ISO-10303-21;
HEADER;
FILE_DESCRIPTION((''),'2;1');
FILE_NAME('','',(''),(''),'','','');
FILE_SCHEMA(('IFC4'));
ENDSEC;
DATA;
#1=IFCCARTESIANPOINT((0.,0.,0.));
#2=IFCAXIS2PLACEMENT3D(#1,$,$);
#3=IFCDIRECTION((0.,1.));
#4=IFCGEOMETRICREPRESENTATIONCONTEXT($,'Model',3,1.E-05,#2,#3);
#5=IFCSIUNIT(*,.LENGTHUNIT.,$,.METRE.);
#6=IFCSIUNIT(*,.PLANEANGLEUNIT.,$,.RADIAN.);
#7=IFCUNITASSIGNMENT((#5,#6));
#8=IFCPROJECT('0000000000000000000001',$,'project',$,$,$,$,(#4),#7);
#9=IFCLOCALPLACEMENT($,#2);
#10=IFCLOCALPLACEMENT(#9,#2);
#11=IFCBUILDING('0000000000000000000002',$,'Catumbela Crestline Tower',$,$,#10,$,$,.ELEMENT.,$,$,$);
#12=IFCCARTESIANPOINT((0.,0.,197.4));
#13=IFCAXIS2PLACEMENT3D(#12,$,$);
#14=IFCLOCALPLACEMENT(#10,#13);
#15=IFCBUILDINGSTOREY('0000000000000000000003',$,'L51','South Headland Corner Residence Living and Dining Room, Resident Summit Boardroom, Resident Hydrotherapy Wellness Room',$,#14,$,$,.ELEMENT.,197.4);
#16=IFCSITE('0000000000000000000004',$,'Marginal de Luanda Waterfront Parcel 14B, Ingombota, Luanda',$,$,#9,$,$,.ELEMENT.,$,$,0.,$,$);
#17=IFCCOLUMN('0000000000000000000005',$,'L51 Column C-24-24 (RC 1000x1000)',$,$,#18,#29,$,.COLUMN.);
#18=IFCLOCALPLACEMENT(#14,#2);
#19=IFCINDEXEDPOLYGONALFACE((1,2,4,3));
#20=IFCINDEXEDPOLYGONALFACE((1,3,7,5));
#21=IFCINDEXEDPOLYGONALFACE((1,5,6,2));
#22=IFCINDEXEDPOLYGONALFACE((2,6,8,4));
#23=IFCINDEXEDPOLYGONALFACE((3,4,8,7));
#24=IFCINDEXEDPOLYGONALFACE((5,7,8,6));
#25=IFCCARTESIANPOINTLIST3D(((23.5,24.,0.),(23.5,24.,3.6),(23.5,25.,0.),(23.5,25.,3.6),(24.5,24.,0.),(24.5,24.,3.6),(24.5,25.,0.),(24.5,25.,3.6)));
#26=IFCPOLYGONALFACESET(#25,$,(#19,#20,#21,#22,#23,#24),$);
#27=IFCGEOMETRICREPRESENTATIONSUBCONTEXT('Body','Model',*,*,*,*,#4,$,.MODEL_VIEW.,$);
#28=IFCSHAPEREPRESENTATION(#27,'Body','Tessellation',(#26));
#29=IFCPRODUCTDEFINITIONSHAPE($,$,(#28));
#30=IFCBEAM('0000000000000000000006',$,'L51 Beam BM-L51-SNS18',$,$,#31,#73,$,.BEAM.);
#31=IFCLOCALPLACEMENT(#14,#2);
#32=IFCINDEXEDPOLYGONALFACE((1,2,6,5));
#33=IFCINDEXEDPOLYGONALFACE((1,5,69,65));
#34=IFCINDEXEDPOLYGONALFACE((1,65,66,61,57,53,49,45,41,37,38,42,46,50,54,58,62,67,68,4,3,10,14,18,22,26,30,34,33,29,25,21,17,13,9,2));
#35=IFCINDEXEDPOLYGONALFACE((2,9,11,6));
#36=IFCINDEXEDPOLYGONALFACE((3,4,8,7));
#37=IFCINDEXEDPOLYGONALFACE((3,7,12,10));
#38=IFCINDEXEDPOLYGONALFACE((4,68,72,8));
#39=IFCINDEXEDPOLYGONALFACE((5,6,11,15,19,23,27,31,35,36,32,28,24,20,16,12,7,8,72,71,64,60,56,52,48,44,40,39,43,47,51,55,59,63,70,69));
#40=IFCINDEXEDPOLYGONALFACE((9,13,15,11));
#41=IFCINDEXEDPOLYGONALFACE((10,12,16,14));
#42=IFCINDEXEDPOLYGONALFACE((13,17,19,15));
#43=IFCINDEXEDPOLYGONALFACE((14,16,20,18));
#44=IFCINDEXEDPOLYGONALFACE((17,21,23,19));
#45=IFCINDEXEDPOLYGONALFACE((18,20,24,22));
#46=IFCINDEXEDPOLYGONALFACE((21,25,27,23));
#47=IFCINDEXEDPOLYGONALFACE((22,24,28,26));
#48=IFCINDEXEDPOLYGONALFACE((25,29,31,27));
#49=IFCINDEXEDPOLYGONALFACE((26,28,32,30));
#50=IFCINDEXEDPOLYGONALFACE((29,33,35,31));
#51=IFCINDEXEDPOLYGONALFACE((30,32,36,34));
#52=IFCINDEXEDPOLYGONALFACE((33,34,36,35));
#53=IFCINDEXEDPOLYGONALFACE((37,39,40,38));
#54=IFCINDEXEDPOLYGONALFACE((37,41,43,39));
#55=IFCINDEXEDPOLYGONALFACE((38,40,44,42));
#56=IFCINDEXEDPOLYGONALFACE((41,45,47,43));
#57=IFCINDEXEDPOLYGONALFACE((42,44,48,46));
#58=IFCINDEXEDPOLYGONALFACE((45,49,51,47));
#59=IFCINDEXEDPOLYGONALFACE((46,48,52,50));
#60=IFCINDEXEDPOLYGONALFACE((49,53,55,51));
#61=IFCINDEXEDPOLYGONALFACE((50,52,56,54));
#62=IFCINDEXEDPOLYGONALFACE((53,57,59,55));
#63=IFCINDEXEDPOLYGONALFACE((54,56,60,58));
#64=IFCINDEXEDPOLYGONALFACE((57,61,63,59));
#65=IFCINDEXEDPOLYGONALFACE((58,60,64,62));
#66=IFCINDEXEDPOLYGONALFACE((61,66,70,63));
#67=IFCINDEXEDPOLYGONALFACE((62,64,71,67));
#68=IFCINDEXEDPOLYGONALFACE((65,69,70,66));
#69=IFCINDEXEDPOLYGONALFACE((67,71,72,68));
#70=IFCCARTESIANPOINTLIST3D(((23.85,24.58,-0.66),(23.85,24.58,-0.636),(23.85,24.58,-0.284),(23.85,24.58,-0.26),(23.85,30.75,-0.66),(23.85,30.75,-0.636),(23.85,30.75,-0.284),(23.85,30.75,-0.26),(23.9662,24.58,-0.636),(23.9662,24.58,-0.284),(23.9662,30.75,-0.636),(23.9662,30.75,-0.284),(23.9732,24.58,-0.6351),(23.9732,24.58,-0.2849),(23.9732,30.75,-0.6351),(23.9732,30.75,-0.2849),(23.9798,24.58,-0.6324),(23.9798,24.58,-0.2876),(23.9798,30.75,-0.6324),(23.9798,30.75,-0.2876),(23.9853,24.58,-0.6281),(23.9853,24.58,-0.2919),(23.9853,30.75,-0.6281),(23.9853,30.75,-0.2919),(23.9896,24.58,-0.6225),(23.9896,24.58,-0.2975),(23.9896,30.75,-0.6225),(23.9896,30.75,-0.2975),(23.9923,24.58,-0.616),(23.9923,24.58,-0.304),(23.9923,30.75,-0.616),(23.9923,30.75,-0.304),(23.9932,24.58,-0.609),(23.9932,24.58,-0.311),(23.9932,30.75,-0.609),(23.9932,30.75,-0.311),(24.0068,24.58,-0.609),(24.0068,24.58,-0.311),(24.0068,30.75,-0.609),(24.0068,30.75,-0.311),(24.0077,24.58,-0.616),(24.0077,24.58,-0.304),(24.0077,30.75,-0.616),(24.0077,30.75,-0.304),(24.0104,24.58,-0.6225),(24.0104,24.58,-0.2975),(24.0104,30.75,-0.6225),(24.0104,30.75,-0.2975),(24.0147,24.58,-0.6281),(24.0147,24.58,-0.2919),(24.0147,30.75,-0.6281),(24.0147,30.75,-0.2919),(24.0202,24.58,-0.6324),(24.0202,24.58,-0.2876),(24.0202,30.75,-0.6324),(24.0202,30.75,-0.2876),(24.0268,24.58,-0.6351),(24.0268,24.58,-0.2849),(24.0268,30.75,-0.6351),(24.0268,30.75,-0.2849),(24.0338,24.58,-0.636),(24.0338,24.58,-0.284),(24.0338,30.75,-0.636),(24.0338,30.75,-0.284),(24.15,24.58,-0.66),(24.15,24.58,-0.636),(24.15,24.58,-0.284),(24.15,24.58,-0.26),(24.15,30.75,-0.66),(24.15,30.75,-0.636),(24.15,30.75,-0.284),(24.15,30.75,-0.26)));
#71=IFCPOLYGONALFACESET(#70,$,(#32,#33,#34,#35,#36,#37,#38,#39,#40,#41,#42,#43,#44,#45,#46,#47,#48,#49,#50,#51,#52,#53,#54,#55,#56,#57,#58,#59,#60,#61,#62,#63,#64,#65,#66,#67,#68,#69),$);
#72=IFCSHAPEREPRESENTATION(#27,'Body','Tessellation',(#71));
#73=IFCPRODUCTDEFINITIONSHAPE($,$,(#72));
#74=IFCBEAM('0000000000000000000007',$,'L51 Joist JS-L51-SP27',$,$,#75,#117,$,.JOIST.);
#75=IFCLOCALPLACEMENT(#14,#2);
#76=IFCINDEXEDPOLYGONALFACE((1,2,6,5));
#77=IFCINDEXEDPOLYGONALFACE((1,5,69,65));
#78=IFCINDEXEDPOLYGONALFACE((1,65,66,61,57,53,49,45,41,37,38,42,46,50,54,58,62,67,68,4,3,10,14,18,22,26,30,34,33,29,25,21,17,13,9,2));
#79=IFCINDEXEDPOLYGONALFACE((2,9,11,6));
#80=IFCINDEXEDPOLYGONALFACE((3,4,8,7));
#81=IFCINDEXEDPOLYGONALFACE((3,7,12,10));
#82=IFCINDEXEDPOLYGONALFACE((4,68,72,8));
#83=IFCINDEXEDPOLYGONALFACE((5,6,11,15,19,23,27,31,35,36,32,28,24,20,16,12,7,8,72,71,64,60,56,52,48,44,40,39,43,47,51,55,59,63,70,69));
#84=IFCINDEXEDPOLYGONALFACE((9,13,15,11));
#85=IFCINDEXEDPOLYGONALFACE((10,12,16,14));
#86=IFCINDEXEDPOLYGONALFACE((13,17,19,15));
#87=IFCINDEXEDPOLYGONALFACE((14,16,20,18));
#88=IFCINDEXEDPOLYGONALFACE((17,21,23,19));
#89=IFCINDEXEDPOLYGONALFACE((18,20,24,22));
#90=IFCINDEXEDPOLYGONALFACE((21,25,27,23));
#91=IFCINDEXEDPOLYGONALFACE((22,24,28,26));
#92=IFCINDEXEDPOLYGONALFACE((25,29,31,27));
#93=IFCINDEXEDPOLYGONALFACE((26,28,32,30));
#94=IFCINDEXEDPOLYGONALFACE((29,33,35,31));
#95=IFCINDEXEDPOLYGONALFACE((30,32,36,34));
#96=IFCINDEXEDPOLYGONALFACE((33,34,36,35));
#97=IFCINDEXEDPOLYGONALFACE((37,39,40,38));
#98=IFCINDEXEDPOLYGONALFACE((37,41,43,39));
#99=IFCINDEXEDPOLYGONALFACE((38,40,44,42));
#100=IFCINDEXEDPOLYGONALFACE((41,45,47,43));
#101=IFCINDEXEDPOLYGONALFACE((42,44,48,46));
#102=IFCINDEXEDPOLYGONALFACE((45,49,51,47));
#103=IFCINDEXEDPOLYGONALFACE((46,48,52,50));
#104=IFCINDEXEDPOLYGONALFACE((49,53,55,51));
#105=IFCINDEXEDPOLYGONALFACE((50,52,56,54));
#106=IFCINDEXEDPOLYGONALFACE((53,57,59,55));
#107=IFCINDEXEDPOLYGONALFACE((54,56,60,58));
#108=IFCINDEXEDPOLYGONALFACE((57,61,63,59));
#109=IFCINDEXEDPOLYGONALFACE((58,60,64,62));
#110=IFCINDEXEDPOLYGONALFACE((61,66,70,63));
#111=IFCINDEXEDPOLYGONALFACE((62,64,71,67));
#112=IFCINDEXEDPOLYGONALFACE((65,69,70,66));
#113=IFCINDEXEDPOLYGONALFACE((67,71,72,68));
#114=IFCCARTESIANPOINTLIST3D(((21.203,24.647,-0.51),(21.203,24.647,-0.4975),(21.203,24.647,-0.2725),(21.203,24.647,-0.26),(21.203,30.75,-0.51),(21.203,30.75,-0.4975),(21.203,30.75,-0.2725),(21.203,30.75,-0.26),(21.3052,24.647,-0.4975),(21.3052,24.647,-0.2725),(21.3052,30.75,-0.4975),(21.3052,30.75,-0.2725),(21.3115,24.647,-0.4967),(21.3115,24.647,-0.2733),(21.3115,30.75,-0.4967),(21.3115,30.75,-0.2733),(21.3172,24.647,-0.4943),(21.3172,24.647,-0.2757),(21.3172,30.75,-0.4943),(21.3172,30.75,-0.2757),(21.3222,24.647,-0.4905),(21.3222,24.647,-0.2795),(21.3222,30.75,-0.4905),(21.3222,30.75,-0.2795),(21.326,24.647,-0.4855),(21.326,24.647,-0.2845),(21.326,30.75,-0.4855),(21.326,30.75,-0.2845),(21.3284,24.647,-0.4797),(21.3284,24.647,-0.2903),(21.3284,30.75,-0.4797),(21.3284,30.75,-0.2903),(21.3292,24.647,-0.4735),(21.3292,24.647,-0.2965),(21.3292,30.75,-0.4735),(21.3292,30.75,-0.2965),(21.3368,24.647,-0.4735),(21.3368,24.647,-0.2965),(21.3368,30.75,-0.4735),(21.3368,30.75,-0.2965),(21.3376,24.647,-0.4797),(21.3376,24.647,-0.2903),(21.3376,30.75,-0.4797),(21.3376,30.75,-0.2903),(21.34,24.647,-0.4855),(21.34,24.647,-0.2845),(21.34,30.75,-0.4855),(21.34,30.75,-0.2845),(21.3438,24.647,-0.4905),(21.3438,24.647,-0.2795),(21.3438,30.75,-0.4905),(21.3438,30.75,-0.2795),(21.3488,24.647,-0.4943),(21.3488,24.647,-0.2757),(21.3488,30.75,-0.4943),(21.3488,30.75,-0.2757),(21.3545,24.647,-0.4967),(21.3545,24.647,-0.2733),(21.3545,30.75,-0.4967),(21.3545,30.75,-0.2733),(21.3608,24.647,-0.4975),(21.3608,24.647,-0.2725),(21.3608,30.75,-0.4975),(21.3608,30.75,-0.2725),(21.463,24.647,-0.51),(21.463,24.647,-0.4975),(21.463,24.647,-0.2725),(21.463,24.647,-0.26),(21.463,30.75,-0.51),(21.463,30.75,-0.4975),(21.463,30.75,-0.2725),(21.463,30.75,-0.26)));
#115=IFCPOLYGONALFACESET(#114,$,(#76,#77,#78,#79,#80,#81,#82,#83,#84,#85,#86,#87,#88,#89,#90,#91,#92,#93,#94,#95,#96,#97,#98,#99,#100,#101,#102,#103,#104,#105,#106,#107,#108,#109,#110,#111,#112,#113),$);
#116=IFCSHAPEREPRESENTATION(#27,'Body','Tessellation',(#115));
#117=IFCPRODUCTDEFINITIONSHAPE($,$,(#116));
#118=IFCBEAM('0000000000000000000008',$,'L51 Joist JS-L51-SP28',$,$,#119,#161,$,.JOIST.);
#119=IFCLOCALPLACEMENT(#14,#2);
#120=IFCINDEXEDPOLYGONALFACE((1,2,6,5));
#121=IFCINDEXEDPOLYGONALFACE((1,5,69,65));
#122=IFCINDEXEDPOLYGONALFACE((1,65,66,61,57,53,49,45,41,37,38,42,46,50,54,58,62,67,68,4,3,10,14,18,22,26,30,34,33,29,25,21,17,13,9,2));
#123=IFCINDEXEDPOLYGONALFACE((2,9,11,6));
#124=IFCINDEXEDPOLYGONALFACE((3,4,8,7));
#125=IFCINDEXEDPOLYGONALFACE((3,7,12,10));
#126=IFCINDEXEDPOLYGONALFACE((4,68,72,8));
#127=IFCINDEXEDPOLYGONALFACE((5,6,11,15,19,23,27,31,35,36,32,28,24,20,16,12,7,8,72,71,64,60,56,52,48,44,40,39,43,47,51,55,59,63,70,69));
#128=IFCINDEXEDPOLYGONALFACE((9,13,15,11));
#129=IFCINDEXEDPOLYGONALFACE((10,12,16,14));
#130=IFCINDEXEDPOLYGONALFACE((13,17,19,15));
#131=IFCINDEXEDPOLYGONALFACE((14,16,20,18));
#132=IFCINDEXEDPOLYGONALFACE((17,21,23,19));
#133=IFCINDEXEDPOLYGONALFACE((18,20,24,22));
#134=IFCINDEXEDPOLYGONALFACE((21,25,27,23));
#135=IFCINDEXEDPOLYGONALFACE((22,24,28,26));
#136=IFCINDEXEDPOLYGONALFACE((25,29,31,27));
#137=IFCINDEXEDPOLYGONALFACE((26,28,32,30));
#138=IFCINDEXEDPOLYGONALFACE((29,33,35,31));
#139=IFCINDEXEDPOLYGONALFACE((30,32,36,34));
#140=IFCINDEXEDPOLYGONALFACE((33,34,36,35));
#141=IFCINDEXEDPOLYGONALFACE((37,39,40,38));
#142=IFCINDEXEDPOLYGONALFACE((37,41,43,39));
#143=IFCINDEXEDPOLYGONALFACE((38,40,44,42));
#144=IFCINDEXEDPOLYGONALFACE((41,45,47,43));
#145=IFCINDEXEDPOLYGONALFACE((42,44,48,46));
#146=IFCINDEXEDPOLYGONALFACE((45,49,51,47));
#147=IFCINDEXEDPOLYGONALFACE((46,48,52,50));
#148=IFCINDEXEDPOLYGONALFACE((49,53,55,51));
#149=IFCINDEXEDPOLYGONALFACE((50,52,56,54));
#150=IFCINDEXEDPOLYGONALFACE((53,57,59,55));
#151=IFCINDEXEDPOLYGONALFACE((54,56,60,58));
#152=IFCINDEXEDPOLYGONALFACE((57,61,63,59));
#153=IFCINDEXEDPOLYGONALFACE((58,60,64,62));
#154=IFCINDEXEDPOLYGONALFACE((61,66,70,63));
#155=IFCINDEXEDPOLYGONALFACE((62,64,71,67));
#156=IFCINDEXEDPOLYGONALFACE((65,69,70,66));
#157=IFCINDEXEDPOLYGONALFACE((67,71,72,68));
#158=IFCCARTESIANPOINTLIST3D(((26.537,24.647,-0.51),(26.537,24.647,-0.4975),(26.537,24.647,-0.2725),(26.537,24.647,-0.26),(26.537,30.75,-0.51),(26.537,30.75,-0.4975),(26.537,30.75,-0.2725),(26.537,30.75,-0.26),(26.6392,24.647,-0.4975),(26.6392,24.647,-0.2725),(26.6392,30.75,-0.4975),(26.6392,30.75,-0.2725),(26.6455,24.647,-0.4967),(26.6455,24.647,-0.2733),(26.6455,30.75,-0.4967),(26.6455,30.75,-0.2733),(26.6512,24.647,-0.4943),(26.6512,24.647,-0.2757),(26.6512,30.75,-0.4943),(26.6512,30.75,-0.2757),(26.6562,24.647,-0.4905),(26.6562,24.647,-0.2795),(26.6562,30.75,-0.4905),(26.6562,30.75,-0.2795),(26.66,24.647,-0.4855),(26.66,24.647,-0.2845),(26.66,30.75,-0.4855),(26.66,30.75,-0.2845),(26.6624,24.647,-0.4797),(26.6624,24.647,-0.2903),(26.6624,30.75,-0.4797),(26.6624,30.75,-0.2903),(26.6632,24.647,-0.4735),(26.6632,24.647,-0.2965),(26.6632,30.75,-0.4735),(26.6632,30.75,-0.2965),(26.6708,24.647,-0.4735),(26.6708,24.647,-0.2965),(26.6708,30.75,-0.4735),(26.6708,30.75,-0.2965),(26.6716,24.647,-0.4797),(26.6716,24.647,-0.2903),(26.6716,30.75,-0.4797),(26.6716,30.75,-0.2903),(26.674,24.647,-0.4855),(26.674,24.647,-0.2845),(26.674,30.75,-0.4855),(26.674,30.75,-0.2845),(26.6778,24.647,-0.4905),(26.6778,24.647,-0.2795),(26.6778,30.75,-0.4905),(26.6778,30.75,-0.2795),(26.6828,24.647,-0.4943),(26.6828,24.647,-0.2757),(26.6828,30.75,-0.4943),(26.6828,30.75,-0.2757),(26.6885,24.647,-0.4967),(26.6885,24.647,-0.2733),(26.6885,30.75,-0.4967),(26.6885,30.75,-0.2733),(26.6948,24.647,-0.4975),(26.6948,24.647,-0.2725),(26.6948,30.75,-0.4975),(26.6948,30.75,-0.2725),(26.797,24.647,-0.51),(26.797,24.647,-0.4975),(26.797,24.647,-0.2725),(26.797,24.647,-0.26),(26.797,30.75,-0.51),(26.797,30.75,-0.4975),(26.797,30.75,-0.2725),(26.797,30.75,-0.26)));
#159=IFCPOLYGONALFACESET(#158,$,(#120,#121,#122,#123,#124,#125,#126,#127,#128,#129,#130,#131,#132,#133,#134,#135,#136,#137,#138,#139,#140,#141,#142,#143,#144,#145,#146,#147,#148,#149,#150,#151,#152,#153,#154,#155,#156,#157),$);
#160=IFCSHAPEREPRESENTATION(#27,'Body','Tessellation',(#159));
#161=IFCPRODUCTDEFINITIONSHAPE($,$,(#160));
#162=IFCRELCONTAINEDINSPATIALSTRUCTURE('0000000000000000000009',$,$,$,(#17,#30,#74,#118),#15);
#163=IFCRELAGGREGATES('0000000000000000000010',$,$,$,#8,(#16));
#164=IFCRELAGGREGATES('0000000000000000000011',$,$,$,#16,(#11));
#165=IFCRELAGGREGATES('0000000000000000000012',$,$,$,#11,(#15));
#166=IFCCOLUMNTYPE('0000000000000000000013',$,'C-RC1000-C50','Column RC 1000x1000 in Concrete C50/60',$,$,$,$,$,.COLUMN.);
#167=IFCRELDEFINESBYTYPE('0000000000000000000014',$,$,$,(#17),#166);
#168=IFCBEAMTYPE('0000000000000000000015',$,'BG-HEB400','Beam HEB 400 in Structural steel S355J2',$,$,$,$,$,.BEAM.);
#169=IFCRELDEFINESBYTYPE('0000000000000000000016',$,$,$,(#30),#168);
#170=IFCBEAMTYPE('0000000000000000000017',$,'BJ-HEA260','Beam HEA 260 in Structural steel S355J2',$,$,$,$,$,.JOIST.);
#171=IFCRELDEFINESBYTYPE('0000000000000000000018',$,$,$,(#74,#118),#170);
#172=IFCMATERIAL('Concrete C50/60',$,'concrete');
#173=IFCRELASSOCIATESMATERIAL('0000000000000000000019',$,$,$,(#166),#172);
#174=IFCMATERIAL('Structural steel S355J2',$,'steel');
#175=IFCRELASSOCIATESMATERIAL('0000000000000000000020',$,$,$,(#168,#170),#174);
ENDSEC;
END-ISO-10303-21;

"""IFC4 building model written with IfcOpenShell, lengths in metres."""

from ifc_helpers import new_model, si_unit, direction, frame, origin, origin_2d, place, context, subcontext, project, spatial, rectangle, i_section, extrude, material, material_profile, profile_set, type_object, element, save


model = new_model("IFC4")

# Units and contexts
model_context = context("Model", 3, precision=1e-05, world=origin(), true_north=direction((0.0, 1.0)))
body_context = subcontext(model_context, "Body", "Model", "MODEL_VIEW")
ifc_project = project(units=[si_unit("LENGTHUNIT", "METRE"), si_unit("PLANEANGLEUNIT", "RADIAN")], contexts=[model_context])

# Site, building, storey
site_placement = place(None, origin())
site = spatial("IfcSite", under=ifc_project, at=site_placement, Name="Marginal de Luanda Waterfront Parcel 14B, Ingombota, Luanda", CompositionType="ELEMENT", RefElevation=0.0)
building_placement = place(site_placement, origin())
building = spatial("IfcBuilding", under=site, at=building_placement, Name="Catumbela Crestline Tower", CompositionType="ELEMENT")
storey_placement = place(building_placement, frame((0.0, 0.0, 197.4)))
storey = spatial("IfcBuildingStorey", under=building, at=storey_placement, Name="L51", Description="South Headland Corner Residence Living and Dining Room, Resident Summit Boardroom, Resident Hydrotherapy Wellness Room", CompositionType="ELEMENT", Elevation=197.4)

# Column
ifc_material_1 = material(Name="Concrete C50/60", Category="concrete")
ifc_material_profile_1 = material_profile(ifc_material_1, rectangle(XDim=1.0, YDim=1.0, at=origin_2d()), Name="RC 1000x1000")
ifc_profile_set_1 = profile_set([ifc_material_profile_1], Name="Concrete C50/60")
column_type = type_object("IfcColumnType", Name="C-RC1000-C50", Description="Column RC 1000x1000 in Concrete C50/60", PredefinedType="COLUMN", material=ifc_profile_set_1)
column_placement = place(storey_placement, frame((24.0, 24.5, 0.0), z_axis=(0.0, 0.0, 1.0), x_axis=(1.0, 0.0, 0.0)))
element("IfcColumn", 1, at=column_placement, inside=storey, type_object=column_type, Name="L51 Column C-24-24 (RC 1000x1000)", PredefinedType="COLUMN", context=body_context, shape_type="SweptSolid", body=[
    extrude(rectangle(XDim=1.0, YDim=1.0, at=origin_2d()), origin(), (0.0, 0.0, 1.0), 3.6),
])

# Beams
ifc_material_2 = material(Name="Structural steel S355J2", Category="steel")
ifc_material_profile_2 = material_profile(ifc_material_2, i_section(OverallWidth=0.3, OverallDepth=0.4, WebThickness=0.0135, FlangeThickness=0.024, FilletRadius=0.027, at=origin_2d()), Name="HEB 400")
ifc_profile_set_2 = profile_set([ifc_material_profile_2], Name="Structural steel S355J2")
beam_type_1 = type_object("IfcBeamType", Name="BG-HEB400", Description="Beam HEB 400 in Structural steel S355J2", PredefinedType="BEAM", material=ifc_profile_set_2)
beam_1_placement = place(storey_placement, frame((24.0, 24.58, -0.46), z_axis=(0.0, 1.0, 0.0), x_axis=(-1.0, 0.0, 0.0)))
element("IfcBeam", 2, at=beam_1_placement, inside=storey, type_object=beam_type_1, Name="L51 Beam BM-L51-SNS18", PredefinedType="BEAM", context=body_context, shape_type="SweptSolid", body=[
    extrude(i_section(OverallWidth=0.3, OverallDepth=0.4, WebThickness=0.0135, FlangeThickness=0.024, FilletRadius=0.027, at=origin_2d()), origin(), (0.0, 0.0, 1.0), 6.17),
])
ifc_material_profile_3 = material_profile(ifc_material_2, i_section(OverallWidth=0.26, OverallDepth=0.25, WebThickness=0.0075, FlangeThickness=0.0125, FilletRadius=0.024, at=origin_2d()), Name="HEA 260")
ifc_profile_set_3 = profile_set([ifc_material_profile_3], Name="Structural steel S355J2")
beam_type_2 = type_object("IfcBeamType", Name="BJ-HEA260", Description="Beam HEA 260 in Structural steel S355J2", PredefinedType="JOIST", material=ifc_profile_set_3)
for number, where, z_axis, x_axis, name in (
    (3, (21.333, 24.647, -0.385), (0.0, 1.0, 0.0), (-1.0, 0.0, 0.0), "L51 Joist JS-L51-SP27"),
    (4, (26.667, 24.647, -0.385), (0.0, 1.0, 0.0), (-1.0, 0.0, 0.0), "L51 Joist JS-L51-SP28"),
):
    element("IfcBeam", number, at=place(storey_placement, frame(where, z_axis=z_axis, x_axis=x_axis)), inside=storey, type_object=beam_type_2, Name=name, PredefinedType="JOIST", context=body_context, shape_type="SweptSolid", body=[
        extrude(i_section(OverallWidth=0.26, OverallDepth=0.25, WebThickness=0.0075, FlangeThickness=0.0125, FilletRadius=0.024, at=origin_2d()), origin(), (0.0, 0.0, 1.0), 6.103),
    ])

save(model, "model.ifc")
